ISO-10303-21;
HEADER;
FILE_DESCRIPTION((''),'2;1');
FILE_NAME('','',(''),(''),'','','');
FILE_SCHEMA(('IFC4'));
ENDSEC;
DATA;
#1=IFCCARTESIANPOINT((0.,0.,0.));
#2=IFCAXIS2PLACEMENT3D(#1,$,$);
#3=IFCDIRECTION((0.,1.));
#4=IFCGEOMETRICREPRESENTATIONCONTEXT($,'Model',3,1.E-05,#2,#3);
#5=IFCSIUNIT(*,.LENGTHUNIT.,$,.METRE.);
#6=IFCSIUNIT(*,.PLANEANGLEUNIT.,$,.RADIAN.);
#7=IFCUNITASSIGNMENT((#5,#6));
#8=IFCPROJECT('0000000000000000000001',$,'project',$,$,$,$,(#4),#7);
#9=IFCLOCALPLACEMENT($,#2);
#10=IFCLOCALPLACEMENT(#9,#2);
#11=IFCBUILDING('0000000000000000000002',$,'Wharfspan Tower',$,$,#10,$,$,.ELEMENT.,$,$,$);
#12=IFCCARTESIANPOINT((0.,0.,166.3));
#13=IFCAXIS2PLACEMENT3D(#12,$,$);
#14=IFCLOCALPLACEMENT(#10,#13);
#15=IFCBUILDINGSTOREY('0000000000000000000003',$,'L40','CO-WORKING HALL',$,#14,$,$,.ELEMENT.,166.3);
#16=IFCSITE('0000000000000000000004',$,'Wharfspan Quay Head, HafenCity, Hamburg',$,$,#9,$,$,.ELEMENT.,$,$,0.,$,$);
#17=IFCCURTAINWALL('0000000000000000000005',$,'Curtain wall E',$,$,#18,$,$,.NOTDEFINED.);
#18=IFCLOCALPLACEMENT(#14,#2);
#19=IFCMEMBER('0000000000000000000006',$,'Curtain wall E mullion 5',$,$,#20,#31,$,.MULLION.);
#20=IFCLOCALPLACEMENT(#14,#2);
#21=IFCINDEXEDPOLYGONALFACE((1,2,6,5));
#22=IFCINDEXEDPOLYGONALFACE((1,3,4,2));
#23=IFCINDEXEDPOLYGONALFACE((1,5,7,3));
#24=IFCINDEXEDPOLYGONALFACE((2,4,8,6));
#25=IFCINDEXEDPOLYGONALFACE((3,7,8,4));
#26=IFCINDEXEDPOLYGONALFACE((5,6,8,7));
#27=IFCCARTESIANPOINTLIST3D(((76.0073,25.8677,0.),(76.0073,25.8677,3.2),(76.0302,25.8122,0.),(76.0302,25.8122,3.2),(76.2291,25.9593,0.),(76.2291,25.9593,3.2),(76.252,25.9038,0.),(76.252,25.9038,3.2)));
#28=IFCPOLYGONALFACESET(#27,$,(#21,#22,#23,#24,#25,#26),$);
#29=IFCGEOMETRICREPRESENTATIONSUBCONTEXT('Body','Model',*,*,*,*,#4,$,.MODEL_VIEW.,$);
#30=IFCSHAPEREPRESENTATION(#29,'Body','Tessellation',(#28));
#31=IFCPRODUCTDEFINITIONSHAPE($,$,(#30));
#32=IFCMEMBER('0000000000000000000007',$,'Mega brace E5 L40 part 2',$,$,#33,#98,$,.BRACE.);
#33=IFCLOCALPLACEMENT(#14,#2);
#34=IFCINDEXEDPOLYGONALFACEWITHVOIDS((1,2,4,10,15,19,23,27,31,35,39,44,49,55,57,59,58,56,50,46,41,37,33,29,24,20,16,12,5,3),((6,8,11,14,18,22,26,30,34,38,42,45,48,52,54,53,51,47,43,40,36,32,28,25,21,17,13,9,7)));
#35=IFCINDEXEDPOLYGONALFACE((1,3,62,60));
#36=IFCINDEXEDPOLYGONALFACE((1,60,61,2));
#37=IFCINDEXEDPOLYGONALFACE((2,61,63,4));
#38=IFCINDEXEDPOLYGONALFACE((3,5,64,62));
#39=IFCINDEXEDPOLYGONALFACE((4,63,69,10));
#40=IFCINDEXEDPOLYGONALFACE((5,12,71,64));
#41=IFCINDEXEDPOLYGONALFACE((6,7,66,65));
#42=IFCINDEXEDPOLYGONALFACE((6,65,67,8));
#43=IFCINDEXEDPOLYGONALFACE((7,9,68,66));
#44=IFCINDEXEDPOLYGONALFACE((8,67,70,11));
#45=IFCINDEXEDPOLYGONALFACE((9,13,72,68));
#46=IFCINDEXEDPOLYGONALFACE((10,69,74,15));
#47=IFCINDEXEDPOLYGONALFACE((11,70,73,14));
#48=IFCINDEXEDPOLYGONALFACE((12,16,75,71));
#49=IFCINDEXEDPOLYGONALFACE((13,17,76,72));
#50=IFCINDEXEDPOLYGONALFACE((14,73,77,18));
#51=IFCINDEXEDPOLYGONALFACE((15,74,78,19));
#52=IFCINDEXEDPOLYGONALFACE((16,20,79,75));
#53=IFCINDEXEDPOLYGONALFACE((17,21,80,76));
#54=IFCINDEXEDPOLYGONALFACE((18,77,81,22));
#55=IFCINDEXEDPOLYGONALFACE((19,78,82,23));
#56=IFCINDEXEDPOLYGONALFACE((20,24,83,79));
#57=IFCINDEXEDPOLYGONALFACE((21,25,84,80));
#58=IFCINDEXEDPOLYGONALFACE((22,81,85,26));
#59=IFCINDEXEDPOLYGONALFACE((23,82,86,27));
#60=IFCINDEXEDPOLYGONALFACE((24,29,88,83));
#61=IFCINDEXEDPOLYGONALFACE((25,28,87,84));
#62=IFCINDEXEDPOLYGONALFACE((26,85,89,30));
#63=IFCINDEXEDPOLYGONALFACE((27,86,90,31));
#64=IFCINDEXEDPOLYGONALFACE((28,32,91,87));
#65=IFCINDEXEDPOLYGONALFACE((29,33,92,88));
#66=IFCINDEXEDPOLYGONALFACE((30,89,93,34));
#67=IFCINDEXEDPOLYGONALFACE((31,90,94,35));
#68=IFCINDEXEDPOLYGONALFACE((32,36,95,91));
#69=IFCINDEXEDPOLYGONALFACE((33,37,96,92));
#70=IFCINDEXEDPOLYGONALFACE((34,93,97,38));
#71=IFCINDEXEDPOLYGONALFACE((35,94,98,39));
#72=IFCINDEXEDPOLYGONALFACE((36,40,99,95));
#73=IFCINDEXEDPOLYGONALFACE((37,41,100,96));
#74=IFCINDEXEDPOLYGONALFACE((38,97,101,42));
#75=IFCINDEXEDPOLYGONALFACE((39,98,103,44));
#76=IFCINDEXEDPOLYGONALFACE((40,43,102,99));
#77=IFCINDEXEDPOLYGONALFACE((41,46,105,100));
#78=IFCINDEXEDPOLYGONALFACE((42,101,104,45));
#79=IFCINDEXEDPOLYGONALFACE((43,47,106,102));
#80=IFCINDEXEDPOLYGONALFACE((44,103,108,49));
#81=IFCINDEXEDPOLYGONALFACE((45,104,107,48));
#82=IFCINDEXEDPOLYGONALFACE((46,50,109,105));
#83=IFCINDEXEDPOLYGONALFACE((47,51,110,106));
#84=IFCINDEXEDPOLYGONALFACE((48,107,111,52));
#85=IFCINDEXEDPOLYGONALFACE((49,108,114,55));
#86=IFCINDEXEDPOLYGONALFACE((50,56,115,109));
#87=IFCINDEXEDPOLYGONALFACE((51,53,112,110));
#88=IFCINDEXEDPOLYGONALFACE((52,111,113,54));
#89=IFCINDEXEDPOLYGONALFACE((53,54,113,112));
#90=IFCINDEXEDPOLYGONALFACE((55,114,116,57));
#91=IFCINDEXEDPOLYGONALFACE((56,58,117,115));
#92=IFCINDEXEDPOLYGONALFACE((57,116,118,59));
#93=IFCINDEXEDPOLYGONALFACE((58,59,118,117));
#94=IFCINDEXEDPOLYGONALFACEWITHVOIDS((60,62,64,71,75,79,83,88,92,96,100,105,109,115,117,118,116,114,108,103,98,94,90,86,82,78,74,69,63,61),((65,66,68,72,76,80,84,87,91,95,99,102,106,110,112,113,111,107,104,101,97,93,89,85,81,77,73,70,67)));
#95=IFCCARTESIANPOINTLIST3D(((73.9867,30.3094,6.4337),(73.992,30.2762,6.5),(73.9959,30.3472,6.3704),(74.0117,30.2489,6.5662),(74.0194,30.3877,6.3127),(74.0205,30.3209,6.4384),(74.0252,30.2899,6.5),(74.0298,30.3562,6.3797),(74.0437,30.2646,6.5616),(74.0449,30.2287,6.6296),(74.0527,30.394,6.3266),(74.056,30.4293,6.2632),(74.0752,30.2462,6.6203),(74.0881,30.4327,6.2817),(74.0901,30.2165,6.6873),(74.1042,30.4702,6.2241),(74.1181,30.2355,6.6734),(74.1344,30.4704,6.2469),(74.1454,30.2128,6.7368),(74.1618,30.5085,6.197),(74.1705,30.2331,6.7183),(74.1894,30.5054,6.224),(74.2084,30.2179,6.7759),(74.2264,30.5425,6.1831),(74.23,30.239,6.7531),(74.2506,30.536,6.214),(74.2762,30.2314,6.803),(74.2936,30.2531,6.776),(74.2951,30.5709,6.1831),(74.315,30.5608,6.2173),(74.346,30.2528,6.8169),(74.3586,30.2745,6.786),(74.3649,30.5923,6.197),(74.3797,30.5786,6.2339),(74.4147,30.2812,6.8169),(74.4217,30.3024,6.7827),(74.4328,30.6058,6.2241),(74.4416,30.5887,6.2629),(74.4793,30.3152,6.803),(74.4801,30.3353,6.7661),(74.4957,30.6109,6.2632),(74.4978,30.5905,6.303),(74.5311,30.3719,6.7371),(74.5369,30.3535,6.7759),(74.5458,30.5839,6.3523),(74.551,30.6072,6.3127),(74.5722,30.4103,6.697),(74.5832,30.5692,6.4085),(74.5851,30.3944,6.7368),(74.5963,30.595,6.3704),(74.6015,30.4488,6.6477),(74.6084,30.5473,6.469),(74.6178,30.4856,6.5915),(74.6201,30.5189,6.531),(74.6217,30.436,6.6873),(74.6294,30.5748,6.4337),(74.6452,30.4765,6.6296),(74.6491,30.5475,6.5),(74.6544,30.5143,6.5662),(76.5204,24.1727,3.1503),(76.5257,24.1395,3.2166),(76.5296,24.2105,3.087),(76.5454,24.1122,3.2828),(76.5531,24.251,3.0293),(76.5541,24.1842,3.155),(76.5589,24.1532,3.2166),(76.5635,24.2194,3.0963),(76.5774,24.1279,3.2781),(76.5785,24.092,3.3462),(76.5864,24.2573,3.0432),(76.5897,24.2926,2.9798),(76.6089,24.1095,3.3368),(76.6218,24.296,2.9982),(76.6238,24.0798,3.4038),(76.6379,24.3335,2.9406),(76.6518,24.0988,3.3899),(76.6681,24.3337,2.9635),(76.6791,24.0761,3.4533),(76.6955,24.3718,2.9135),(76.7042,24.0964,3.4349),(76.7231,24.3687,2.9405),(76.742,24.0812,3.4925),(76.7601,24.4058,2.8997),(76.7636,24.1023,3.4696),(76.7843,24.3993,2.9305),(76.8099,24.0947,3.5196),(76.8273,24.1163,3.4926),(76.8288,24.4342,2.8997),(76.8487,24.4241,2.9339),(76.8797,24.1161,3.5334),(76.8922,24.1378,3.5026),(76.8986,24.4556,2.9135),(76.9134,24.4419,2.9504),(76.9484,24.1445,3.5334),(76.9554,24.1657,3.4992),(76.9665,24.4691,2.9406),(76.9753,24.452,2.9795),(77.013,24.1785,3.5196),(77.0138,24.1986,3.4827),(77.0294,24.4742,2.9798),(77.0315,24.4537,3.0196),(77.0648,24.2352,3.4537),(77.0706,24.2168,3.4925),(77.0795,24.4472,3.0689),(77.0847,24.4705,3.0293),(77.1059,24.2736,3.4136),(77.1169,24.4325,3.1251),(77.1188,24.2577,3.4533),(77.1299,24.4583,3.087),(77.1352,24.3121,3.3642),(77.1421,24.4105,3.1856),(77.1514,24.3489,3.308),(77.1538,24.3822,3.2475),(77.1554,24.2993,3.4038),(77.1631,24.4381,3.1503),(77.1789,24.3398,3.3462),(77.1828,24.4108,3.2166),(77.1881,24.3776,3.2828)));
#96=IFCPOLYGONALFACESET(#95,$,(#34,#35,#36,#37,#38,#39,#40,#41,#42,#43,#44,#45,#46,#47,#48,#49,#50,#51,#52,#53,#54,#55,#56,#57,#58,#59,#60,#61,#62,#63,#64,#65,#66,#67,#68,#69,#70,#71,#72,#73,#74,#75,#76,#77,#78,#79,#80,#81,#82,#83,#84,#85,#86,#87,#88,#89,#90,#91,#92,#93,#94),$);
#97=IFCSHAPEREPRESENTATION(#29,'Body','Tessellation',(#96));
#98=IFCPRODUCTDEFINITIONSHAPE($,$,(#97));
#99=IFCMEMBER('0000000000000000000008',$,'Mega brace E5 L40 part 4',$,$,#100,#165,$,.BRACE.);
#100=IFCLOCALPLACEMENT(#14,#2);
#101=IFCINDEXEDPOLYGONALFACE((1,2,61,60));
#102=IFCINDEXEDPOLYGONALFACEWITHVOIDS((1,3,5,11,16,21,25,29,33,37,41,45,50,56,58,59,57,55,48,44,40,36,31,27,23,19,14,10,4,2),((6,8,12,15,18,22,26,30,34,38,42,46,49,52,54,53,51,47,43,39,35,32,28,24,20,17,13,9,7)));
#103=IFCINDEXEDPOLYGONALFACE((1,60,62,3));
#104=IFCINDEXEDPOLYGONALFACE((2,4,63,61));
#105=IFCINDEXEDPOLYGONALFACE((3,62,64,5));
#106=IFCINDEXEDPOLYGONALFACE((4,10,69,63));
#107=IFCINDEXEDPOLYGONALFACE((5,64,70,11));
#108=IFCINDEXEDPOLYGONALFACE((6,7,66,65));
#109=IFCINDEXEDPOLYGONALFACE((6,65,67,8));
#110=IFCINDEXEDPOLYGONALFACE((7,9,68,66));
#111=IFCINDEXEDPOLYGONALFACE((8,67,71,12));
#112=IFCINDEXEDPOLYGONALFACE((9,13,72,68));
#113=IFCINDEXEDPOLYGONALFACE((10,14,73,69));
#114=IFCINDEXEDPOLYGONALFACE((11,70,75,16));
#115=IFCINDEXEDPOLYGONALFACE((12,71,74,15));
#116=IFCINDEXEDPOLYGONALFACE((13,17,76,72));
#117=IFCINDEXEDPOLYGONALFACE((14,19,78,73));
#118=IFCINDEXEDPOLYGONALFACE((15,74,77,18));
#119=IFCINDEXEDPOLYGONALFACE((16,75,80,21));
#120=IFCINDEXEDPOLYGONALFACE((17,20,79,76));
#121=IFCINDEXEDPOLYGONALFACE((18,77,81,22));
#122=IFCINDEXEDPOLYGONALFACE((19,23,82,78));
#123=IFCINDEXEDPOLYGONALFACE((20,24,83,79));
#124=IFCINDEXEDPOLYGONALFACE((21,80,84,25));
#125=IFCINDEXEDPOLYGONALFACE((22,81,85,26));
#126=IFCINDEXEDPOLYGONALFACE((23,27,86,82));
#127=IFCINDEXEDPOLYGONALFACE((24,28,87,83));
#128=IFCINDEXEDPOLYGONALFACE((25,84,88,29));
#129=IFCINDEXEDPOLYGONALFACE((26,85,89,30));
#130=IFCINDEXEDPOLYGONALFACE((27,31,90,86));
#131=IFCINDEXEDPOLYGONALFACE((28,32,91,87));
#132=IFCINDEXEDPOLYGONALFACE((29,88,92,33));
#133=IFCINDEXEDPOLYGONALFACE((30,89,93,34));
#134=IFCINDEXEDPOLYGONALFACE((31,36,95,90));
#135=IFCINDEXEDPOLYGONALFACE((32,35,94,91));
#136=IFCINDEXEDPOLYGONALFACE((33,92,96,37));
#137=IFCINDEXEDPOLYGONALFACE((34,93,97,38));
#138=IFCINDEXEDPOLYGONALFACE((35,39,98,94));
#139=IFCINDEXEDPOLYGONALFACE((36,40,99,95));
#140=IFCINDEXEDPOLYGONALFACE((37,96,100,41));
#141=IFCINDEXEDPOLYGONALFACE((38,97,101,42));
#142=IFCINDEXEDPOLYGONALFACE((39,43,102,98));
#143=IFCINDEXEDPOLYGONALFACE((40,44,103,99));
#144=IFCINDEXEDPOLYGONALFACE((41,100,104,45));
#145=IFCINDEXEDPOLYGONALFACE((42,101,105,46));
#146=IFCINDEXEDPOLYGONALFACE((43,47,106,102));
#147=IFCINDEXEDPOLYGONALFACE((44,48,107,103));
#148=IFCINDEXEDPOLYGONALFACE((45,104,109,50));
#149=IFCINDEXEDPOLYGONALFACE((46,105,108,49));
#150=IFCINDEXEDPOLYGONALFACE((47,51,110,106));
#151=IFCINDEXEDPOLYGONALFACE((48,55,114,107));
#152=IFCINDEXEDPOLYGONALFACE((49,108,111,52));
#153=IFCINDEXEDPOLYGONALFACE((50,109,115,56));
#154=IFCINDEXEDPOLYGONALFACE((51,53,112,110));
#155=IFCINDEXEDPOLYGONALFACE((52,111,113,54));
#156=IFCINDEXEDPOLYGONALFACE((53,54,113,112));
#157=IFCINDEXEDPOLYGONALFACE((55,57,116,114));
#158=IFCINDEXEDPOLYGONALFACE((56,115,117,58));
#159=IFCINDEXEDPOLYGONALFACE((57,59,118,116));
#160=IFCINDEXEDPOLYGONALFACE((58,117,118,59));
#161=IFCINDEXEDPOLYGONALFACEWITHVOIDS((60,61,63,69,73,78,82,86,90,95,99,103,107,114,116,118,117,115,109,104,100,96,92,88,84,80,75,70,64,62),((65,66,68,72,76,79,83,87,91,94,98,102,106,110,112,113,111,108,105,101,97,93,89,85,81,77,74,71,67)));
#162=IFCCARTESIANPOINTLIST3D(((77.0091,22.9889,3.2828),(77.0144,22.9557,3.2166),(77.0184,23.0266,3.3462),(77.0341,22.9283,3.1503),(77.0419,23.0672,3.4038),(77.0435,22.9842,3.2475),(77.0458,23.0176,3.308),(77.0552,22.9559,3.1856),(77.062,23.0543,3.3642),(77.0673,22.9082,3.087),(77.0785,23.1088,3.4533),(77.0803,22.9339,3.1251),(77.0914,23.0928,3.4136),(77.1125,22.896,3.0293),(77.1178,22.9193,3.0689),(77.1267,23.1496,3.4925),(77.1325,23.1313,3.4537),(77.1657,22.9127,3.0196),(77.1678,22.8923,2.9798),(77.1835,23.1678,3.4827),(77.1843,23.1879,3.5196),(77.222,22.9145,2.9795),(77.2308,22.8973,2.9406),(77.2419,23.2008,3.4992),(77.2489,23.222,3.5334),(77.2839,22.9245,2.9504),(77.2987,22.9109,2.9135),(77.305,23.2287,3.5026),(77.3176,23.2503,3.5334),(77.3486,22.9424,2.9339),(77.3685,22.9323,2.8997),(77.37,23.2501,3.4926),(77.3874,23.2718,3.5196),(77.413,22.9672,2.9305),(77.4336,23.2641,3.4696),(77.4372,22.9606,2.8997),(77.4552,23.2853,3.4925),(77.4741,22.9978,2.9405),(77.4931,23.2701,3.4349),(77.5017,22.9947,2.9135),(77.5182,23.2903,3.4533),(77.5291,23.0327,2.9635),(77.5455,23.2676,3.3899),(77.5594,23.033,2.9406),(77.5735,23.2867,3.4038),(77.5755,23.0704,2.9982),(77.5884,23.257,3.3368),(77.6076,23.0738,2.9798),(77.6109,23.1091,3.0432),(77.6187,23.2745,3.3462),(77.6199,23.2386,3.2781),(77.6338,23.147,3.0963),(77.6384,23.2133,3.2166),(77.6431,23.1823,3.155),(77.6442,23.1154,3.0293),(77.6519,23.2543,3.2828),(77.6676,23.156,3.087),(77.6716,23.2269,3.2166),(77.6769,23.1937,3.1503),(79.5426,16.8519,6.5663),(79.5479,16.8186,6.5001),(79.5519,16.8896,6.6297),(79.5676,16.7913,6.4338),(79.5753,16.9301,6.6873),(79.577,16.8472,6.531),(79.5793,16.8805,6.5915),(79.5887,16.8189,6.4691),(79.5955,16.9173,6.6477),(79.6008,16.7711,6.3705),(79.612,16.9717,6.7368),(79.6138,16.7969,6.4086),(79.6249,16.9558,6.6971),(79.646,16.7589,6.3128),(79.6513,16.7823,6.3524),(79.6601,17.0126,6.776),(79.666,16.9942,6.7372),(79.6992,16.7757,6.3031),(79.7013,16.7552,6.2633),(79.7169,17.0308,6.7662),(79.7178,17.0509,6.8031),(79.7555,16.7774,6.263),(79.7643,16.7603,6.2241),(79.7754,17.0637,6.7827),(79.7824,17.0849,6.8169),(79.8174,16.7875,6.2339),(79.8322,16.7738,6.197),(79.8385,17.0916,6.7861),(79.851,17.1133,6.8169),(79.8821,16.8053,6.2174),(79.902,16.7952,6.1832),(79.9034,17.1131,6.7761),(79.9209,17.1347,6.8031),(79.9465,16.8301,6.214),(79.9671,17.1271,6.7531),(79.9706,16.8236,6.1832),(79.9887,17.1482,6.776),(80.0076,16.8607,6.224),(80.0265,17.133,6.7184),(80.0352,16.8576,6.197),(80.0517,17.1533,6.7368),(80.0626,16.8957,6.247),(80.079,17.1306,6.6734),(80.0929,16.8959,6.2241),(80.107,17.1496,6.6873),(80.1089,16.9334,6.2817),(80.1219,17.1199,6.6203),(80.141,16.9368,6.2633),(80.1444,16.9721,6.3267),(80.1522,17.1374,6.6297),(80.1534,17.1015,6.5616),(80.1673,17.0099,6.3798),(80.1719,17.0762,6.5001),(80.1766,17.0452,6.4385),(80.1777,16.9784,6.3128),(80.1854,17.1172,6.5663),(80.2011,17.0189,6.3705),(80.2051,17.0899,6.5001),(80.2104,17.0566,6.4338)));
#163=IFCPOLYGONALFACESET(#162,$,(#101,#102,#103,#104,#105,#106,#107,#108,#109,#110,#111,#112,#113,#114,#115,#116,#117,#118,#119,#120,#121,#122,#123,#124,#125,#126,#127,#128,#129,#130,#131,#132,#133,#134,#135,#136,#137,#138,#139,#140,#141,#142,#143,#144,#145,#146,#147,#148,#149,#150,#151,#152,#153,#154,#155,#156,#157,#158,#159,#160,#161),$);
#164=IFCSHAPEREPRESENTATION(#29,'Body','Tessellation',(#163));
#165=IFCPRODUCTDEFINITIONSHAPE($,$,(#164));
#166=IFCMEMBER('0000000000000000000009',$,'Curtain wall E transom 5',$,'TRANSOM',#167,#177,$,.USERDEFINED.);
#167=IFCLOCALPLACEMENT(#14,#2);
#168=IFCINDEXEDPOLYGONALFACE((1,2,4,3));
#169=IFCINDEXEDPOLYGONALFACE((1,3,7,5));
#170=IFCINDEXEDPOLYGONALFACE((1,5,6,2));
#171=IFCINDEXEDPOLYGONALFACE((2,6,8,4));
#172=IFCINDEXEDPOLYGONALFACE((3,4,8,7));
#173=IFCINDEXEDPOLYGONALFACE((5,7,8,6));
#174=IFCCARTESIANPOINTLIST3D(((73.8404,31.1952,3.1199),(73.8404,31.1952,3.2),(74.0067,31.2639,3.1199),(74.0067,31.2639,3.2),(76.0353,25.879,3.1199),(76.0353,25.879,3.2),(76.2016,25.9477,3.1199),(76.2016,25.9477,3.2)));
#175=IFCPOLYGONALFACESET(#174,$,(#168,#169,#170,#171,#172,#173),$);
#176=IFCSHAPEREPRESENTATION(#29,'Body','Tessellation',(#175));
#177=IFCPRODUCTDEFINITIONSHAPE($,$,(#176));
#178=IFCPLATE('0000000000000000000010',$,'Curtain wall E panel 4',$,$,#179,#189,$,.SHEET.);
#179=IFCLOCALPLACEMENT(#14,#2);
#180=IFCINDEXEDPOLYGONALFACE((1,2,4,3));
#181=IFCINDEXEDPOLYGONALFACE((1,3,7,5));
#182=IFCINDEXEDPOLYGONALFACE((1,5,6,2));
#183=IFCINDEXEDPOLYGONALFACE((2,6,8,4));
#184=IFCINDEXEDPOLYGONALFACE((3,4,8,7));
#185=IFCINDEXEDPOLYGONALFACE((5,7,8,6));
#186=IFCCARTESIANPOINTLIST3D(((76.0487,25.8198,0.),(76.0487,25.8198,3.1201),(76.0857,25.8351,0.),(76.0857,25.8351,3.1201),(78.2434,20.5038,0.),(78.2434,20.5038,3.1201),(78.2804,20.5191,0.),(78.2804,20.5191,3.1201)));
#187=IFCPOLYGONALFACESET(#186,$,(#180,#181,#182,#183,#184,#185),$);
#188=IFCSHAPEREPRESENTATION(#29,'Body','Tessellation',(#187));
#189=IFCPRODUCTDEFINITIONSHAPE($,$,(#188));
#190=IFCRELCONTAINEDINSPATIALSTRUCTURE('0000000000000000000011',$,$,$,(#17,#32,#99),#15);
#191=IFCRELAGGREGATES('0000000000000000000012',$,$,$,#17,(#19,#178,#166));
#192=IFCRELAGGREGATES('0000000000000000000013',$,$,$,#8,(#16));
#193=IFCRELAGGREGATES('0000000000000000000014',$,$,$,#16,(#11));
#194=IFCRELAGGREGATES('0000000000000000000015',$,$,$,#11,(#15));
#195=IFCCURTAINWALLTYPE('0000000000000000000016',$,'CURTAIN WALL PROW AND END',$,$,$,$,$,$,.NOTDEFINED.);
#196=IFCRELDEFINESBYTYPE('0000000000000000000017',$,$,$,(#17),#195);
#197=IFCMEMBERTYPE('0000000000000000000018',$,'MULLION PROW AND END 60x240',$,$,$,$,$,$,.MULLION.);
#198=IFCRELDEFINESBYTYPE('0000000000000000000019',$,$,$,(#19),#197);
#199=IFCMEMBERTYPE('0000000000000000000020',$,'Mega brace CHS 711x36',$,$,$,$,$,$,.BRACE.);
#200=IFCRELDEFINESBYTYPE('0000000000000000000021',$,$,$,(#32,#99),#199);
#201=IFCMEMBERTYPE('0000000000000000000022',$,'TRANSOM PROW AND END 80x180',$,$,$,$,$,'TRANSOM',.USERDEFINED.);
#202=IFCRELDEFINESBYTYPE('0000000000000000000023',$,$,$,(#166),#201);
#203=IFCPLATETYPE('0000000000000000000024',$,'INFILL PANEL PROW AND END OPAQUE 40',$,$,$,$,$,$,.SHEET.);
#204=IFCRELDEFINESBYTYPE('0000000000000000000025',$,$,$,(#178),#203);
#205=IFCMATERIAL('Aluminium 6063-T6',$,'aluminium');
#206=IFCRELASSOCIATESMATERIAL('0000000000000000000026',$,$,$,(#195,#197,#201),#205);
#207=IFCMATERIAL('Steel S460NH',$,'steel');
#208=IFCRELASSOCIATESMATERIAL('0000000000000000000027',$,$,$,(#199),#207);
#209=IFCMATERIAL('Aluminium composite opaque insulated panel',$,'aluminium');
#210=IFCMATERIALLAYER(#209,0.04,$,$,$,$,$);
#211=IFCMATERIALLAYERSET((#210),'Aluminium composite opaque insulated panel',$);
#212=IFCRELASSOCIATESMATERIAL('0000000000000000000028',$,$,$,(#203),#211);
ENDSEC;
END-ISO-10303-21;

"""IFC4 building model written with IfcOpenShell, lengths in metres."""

from ifc_helpers import new_model, si_unit, direction, frame, origin, origin_2d, place, context, subcontext, project, spatial, rectangle, hollow_circle, extrude, material, layer, layer_set, material_profile, profile_set, type_object, element, aggregate, save


model = new_model("IFC4")

# Units and contexts
model_context = context("Model", 3, precision=1e-05, world=origin(), true_north=direction((0.0, 1.0)))
body_context = subcontext(model_context, "Body", "Model", "MODEL_VIEW")
ifc_project = project(units=[si_unit("LENGTHUNIT", "METRE"), si_unit("PLANEANGLEUNIT", "RADIAN")], contexts=[model_context])

# Site, building, storey
site_placement = place(None, origin())
site = spatial("IfcSite", under=ifc_project, at=site_placement, Name="Wharfspan Quay Head, HafenCity, Hamburg", CompositionType="ELEMENT", RefElevation=0.0)
building_placement = place(site_placement, origin())
building = spatial("IfcBuilding", under=site, at=building_placement, Name="Wharfspan Tower", CompositionType="ELEMENT")
storey_placement = place(building_placement, frame((0.0, 0.0, 166.3)))
storey = spatial("IfcBuildingStorey", under=building, at=storey_placement, Name="L40", Description="CO-WORKING HALL", CompositionType="ELEMENT", Elevation=166.3)

# Curtain wall, member
ifc_material_1 = material(Name="Aluminium 6063-T6", Category="aluminium")
curtain_wall_type = type_object("IfcCurtainWallType", Name="CURTAIN WALL PROW AND END", PredefinedType="NOTDEFINED", material=ifc_material_1)
curtain_wall_placement = place(storey_placement, origin())
curtain_wall = element("IfcCurtainWall", 1, at=curtain_wall_placement, inside=storey, type_object=curtain_wall_type, Name="Curtain wall E", PredefinedType="NOTDEFINED")
ifc_material_profile_1 = material_profile(ifc_material_1, rectangle(XDim=0.24, YDim=0.0601, at=origin_2d()))
ifc_profile_set_1 = profile_set([ifc_material_profile_1], Name="Aluminium 6063-T6")
member_type_1 = type_object("IfcMemberType", Name="MULLION PROW AND END 60x240", PredefinedType="MULLION", material=ifc_profile_set_1)
member_1_placement = place(storey_placement, frame((76.1296, 25.8857, 0.0), z_axis=(0.0, 0.0, 1.0), x_axis=(-0.924325, -0.381602, 0.0)))
member_1 = element("IfcMember", 2, at=member_1_placement, type_object=member_type_1, Name="Curtain wall E mullion 5", PredefinedType="MULLION", context=body_context, shape_type="SweptSolid", body=[
    extrude(rectangle(XDim=0.24, YDim=0.0601, at=origin_2d()), origin(), (0.0, 0.0, 1.0), 3.2),
])

# Members
ifc_material_2 = material(Name="Steel S460NH", Category="steel")
ifc_material_profile_2 = material_profile(ifc_material_2, hollow_circle(Radius=0.3555, WallThickness=0.0359, at=origin_2d()))
ifc_profile_set_2 = profile_set([ifc_material_profile_2], Name="Steel S460NH")
member_type_2 = type_object("IfcMemberType", Name="Mega brace CHS 711x36", PredefinedType="BRACE", material=ifc_profile_set_2)
member_2_placement = place(storey_placement, frame((76.8542, 24.2751, 3.2166), z_axis=(-0.342079, 0.828531, 0.443305), x_axis=(-0.924316, -0.381624, -0.000004)))
element("IfcMember", 3, at=member_2_placement, inside=storey, type_object=member_type_2, Name="Mega brace E5 L40 part 2", PredefinedType="BRACE", context=body_context, shape_type="SweptSolid", body=[
    extrude(hollow_circle(Radius=0.3555, WallThickness=0.0359, at=origin_2d()), origin(), (0.0, 0.0, 1.0), 7.4067),
])
member_3_placement = place(storey_placement, frame((77.343, 23.0913, 3.2166), z_axis=(0.34204, -0.82855, 0.443298), x_axis=(0.924336, 0.38158, -0.000004)))
element("IfcMember", 4, at=member_3_placement, inside=storey, type_object=member_type_2, Name="Mega brace E5 L40 part 4", PredefinedType="BRACE", context=body_context, shape_type="SweptSolid", body=[
    extrude(hollow_circle(Radius=0.3555, WallThickness=0.0359, at=origin_2d()), origin(), (0.0, 0.0, 1.0), 7.407),
])

# Member
ifc_material_profile_3 = material_profile(ifc_material_1, rectangle(XDim=0.1799, YDim=0.0801, at=origin_2d()))
ifc_profile_set_3 = profile_set([ifc_material_profile_3], Name="Aluminium 6063-T6")
member_type_3 = type_object("IfcMemberType", Name="TRANSOM PROW AND END 80x180", ElementType="TRANSOM", PredefinedType="USERDEFINED", material=ifc_profile_set_3)
member_4_placement = place(storey_placement, frame((76.1184, 25.9133, 3.1599), z_axis=(-0.381614, 0.924322, 0.0), x_axis=(-0.924322, -0.381614, 0.0)))
member_4 = element("IfcMember", 5, at=member_4_placement, type_object=member_type_3, Name="Curtain wall E transom 5", ObjectType="TRANSOM", PredefinedType="USERDEFINED", context=body_context, shape_type="SweptSolid", body=[
    extrude(rectangle(XDim=0.1799, YDim=0.0801, at=origin_2d()), origin(), (0.0, 0.0, 1.0), 5.7515),
])

# Plate
ifc_material_3 = material(Name="Aluminium composite opaque insulated panel", Category="aluminium")
ifc_layer_1 = layer(ifc_material_3, 0.04)
ifc_layer_set_1 = layer_set([ifc_layer_1], Name="Aluminium composite opaque insulated panel")
plate_type = type_object("IfcPlateType", Name="INFILL PANEL PROW AND END OPAQUE 40", PredefinedType="SHEET", material=ifc_layer_set_1)
plate_1_placement = place(storey_placement, frame((77.1646, 23.1694, 0.0), z_axis=(0.0, 0.0, 1.0), x_axis=(-0.381602, 0.924325, 0.0)))
plate_1 = element("IfcPlate", 6, at=plate_1_placement, type_object=plate_type, Name="Curtain wall E panel 4", PredefinedType="SHEET", context=body_context, shape_type="SweptSolid", body=[
    extrude(rectangle(XDim=5.7512, YDim=0.04, at=origin_2d()), origin(), (0.0, 0.0, 1.0), 3.1201),
])
aggregate(curtain_wall, [member_1, plate_1, member_4])

save(model, "model.ifc")
